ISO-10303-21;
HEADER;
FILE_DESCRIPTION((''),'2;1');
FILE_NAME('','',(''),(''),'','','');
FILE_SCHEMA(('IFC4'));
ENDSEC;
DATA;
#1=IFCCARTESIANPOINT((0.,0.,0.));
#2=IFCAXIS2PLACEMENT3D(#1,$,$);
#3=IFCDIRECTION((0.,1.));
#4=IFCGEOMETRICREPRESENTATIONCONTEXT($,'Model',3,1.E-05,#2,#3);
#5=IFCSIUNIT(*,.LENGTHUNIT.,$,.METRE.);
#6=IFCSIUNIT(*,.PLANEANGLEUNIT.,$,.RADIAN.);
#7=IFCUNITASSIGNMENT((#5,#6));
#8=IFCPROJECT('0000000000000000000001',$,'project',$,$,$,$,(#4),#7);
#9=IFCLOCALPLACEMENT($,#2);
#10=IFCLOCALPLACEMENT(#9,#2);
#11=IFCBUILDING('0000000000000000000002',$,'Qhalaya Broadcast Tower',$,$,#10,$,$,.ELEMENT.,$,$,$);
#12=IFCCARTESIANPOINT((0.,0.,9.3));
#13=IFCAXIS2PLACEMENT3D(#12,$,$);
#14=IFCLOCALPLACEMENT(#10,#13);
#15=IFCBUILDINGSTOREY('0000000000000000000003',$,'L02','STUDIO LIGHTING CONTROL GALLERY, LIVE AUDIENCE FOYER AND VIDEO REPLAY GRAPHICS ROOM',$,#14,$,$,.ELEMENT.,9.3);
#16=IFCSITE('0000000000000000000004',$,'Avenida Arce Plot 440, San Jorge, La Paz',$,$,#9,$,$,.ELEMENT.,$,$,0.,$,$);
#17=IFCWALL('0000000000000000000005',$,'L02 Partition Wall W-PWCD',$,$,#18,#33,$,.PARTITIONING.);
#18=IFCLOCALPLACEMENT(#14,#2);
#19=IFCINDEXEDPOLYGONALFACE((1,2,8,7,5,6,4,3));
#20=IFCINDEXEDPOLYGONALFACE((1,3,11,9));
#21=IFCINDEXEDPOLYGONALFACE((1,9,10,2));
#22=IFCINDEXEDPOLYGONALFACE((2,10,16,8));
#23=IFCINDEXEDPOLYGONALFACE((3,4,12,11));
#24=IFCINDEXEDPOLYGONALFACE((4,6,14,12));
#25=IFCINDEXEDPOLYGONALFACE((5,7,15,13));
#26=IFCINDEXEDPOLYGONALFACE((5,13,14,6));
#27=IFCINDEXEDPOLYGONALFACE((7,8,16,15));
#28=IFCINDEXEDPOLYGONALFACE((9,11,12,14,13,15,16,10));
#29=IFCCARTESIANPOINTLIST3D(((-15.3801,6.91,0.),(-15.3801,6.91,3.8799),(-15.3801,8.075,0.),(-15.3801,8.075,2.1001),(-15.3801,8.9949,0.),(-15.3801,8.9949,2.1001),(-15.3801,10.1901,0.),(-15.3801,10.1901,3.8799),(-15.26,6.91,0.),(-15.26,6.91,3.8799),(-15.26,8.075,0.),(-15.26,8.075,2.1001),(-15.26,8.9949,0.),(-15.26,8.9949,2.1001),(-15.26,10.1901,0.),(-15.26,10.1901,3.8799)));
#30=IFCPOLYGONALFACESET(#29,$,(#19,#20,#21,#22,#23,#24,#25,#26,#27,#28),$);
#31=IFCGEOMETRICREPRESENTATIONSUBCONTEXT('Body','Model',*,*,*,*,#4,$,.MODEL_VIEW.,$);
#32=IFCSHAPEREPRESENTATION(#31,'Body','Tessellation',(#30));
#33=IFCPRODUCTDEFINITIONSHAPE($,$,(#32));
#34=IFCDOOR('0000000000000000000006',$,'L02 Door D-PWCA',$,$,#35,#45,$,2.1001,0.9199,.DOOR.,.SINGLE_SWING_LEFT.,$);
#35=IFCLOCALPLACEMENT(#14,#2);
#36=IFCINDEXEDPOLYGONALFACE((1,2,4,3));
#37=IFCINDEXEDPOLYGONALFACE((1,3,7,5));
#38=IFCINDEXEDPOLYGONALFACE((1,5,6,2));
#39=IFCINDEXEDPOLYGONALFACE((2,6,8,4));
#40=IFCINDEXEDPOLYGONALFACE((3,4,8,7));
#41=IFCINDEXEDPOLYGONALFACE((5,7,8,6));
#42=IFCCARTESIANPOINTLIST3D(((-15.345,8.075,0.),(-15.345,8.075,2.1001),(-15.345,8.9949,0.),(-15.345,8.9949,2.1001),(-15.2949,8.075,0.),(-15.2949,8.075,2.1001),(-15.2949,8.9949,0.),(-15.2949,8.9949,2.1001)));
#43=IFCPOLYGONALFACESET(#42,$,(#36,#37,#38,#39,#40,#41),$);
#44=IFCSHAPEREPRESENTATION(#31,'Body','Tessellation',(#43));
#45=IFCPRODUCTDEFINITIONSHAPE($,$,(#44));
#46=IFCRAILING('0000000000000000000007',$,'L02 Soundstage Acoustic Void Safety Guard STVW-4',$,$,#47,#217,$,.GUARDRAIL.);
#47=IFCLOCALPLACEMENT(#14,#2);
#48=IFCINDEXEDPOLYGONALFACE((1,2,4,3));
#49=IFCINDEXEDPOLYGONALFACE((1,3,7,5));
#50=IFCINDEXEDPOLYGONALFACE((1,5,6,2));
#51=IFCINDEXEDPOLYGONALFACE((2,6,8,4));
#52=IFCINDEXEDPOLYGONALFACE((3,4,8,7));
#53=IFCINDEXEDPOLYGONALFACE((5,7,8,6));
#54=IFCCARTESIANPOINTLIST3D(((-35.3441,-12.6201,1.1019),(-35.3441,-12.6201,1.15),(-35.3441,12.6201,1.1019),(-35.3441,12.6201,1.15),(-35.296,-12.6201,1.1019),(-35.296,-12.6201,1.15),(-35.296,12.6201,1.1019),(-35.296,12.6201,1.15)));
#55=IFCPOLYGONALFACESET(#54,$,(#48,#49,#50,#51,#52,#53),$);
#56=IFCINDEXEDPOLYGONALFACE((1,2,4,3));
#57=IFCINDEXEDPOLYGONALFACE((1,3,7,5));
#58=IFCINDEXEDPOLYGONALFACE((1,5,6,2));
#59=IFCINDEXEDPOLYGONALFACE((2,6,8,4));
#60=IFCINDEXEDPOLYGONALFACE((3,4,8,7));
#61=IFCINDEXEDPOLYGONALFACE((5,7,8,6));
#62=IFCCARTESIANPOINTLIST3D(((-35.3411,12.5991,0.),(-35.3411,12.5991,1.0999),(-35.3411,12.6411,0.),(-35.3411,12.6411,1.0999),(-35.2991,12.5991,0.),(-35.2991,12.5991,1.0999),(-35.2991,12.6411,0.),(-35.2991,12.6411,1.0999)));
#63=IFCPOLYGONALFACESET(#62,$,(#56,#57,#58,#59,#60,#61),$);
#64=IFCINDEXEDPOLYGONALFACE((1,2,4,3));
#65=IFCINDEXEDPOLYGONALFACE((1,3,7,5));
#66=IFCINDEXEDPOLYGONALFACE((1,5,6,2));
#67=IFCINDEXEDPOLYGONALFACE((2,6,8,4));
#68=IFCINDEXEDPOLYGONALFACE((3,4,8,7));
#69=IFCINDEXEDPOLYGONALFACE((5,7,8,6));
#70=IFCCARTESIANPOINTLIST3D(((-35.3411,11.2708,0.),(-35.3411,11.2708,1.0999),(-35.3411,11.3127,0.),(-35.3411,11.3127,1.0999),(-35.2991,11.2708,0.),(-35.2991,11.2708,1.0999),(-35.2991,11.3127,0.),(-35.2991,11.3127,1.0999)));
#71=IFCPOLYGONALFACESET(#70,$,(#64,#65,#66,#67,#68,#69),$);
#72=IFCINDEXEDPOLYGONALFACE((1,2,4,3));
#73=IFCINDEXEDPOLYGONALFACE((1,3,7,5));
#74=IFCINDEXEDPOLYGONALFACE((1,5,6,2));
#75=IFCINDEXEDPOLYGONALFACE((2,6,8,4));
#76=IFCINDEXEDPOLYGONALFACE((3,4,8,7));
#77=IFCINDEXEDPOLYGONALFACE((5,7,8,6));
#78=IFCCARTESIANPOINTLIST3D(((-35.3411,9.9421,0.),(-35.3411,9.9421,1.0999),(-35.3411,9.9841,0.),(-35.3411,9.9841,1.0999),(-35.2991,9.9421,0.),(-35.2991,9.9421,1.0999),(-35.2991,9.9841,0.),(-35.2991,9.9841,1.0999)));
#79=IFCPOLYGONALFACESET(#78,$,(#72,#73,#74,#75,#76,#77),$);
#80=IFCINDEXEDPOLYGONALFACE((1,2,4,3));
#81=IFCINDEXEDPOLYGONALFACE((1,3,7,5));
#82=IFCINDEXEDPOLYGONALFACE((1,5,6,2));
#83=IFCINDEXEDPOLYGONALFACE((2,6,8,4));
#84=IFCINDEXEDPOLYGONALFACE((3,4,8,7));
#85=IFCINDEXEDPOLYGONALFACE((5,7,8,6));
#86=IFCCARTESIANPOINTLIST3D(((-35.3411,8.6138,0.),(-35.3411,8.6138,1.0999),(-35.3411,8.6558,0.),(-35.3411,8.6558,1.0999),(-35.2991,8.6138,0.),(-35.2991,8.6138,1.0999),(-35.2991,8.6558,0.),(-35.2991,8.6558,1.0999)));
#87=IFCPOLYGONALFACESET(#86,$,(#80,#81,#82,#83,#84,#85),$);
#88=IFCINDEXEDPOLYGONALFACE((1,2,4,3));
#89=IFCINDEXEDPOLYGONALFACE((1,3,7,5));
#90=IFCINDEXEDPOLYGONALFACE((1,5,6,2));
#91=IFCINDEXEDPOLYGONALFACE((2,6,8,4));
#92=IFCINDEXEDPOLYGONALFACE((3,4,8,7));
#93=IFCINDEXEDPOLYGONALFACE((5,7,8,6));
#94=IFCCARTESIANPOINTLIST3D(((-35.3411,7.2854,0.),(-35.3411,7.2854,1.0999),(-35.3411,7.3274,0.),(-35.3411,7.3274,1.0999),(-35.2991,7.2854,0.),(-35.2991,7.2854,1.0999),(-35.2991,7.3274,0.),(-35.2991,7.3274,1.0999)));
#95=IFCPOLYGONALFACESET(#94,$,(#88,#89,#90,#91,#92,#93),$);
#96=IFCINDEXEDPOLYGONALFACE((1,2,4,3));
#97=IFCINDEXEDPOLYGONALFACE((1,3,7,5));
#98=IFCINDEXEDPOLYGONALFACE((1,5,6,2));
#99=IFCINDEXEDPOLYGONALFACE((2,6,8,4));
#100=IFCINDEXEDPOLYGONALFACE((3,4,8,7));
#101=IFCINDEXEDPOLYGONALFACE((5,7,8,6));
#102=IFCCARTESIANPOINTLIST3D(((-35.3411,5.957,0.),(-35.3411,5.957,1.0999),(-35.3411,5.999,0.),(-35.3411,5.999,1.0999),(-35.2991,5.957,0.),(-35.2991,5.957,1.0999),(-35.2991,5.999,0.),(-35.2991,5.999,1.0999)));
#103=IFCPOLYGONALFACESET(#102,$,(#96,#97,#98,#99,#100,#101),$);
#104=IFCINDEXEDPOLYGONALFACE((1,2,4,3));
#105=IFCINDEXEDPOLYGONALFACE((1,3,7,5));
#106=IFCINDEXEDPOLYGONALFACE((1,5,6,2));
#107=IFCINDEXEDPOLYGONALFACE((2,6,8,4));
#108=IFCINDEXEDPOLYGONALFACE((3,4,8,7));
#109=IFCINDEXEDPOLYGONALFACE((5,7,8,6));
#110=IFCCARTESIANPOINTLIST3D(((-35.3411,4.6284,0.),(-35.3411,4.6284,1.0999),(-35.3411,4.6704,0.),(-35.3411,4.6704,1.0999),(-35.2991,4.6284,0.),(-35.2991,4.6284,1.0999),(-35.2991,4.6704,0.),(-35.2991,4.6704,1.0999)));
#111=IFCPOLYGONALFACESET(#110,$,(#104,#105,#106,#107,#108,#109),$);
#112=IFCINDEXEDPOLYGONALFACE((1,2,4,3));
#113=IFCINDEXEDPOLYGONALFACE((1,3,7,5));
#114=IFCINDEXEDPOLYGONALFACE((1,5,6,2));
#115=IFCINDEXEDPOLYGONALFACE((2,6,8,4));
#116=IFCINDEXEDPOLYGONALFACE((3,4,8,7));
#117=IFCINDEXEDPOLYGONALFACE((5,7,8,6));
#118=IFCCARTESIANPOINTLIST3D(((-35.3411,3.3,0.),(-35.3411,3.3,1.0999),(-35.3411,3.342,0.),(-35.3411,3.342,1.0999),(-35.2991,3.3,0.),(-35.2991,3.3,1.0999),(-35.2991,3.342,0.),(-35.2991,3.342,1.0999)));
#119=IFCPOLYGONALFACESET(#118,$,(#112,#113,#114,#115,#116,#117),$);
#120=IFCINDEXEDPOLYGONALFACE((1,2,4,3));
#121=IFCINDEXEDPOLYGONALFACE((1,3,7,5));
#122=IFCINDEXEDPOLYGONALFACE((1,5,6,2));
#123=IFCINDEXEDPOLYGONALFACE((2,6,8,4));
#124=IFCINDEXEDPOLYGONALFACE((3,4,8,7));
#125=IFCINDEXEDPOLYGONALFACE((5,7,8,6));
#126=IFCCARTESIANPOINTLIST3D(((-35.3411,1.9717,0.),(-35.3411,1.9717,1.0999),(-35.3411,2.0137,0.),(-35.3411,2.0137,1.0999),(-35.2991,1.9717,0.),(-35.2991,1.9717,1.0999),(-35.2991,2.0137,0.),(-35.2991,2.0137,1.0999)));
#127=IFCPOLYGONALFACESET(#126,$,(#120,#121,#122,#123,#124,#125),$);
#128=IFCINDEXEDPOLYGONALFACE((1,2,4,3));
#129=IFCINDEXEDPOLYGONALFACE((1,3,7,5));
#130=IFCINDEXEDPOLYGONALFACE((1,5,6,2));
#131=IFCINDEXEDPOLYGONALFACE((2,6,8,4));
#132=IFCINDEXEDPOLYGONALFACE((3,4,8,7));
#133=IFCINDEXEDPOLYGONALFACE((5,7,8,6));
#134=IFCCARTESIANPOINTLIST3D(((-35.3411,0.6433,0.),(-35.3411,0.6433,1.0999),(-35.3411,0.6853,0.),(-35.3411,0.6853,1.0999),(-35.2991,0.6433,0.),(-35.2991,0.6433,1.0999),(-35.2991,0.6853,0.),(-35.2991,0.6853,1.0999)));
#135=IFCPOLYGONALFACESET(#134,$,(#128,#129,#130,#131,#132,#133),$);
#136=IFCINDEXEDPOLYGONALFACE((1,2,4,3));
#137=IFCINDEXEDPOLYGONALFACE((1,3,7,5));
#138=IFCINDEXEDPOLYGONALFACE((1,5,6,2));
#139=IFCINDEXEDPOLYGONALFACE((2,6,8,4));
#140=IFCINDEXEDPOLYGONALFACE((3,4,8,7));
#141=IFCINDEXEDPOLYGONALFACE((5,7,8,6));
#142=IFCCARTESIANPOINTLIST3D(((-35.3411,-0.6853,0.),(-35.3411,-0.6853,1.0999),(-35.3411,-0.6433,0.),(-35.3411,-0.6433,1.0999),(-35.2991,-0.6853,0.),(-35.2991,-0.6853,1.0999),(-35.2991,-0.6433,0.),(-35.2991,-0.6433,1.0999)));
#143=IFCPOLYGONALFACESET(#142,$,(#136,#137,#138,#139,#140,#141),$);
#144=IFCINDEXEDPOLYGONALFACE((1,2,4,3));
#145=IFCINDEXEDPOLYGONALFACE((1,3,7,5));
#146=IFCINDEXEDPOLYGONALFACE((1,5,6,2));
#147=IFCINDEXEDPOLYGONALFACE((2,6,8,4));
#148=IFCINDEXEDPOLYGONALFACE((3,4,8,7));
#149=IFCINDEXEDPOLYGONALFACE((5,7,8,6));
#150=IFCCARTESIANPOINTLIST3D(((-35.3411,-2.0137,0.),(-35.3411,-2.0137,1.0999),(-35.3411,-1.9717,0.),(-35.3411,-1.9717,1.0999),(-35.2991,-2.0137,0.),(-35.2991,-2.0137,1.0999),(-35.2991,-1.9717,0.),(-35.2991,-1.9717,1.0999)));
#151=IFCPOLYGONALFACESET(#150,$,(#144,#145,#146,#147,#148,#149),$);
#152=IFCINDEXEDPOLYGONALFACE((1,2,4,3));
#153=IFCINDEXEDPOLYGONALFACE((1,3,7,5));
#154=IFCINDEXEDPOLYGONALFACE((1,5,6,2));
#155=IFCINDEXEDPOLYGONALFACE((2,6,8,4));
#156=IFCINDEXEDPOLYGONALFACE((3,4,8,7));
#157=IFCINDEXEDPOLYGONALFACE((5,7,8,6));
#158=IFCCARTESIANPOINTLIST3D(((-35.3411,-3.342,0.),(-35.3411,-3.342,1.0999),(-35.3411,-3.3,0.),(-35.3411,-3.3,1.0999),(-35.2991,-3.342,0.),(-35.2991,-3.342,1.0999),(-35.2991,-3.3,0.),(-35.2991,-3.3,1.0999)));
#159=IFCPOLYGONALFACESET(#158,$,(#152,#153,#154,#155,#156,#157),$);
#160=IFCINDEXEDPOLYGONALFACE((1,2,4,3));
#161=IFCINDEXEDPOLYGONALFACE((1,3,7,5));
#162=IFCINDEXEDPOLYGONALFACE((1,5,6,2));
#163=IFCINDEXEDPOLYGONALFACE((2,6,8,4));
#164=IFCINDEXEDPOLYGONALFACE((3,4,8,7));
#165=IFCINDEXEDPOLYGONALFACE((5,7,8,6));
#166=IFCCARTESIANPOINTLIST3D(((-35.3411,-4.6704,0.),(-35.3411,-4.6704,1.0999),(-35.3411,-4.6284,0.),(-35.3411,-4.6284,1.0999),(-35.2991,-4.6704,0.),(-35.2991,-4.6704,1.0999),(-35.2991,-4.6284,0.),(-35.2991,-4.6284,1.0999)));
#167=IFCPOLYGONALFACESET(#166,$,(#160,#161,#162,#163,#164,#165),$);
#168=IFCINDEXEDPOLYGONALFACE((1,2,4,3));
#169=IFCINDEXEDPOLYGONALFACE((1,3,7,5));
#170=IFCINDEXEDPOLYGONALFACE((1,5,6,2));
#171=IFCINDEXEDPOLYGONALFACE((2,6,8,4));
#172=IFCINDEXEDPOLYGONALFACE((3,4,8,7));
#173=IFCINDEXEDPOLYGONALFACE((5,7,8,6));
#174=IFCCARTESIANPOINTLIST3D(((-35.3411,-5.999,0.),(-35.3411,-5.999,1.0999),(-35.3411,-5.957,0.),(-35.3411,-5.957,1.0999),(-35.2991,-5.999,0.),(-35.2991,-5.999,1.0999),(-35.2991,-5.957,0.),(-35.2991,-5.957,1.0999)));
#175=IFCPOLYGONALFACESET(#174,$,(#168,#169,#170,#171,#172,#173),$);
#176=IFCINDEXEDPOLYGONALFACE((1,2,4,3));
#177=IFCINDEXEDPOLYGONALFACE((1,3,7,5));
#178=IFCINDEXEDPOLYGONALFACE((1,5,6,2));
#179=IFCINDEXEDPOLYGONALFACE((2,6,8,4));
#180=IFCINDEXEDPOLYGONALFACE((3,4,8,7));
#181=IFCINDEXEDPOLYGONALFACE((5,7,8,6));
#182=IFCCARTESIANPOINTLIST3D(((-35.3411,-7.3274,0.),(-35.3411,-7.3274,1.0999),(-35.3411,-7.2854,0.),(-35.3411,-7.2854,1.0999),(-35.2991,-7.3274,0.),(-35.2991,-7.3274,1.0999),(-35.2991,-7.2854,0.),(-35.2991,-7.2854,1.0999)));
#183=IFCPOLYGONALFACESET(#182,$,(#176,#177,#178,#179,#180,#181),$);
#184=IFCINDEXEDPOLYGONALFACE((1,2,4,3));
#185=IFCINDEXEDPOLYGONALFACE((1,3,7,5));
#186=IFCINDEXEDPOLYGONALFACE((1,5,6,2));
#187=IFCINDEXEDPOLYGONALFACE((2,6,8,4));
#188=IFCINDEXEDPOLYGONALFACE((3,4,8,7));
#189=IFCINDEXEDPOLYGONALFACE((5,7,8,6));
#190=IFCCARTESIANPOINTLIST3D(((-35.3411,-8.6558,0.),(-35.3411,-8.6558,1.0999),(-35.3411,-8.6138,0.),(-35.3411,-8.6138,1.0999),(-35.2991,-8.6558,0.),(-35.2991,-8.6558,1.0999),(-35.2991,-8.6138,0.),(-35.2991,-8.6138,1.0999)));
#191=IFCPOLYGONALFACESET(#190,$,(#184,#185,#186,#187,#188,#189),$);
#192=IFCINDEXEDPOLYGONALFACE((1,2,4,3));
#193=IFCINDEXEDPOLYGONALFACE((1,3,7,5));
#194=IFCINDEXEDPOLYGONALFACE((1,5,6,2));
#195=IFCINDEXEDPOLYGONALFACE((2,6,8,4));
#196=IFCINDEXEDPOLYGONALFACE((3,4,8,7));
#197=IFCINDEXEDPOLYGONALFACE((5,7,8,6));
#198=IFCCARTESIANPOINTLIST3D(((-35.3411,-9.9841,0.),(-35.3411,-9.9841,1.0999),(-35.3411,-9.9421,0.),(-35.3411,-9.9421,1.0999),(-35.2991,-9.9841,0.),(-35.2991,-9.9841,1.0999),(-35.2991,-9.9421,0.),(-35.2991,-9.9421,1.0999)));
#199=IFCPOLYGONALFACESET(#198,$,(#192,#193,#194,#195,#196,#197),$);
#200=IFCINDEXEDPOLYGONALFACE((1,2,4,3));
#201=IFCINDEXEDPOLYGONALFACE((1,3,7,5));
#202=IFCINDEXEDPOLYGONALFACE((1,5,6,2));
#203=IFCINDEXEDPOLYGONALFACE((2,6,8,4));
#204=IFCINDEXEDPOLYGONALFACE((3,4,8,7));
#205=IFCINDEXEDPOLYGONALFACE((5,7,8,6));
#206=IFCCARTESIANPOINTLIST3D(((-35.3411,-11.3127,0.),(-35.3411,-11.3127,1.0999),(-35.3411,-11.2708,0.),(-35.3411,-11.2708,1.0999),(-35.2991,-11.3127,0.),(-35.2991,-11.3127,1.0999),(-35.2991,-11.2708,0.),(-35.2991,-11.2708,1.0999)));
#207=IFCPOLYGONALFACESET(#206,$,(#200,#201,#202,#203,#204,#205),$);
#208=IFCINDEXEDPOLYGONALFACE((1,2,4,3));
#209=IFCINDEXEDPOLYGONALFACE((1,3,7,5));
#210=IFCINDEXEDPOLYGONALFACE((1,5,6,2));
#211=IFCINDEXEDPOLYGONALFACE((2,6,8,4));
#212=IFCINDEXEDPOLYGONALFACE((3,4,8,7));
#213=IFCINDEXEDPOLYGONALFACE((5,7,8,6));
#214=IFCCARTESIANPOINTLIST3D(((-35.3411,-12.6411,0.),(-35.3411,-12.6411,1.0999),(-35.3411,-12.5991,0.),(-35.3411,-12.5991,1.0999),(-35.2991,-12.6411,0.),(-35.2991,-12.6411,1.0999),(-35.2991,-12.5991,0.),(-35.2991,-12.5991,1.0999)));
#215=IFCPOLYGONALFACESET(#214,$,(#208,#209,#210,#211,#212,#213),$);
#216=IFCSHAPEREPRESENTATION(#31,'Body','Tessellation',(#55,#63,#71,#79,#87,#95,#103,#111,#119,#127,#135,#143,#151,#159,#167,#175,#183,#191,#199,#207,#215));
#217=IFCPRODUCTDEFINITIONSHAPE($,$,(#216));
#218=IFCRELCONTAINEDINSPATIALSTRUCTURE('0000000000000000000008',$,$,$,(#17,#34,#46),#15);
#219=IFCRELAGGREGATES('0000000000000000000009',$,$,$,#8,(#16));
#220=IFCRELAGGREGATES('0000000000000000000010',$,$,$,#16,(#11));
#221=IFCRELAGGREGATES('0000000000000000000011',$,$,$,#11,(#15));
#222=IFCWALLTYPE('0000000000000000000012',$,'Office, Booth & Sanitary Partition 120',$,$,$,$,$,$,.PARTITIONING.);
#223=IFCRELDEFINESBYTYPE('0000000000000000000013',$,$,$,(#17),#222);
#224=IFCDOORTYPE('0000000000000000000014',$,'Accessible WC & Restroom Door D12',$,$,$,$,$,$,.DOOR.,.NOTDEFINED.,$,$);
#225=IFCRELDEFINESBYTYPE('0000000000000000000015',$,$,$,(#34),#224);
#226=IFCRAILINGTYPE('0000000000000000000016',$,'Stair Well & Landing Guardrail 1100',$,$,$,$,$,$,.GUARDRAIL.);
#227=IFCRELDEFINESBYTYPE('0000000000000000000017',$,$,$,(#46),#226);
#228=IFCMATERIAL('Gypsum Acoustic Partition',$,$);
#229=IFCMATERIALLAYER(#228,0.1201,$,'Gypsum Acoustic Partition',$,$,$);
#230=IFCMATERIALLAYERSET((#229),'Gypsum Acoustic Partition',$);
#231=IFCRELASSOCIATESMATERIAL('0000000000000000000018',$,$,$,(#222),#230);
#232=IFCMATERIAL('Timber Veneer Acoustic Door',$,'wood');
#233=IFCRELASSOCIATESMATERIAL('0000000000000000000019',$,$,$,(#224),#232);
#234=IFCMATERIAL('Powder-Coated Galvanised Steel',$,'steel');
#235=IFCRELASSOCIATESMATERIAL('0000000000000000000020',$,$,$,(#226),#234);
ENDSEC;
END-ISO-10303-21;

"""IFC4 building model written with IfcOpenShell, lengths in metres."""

from ifc_helpers import new_model, si_unit, direction, frame, frame_2d, origin, origin_2d, place, context, subcontext, project, spatial, rectangle, extrude, material, layer, layer_set, type_object, element, fill, save


model = new_model("IFC4")

# Units and contexts
model_context = context("Model", 3, precision=1e-05, world=origin(), true_north=direction((0.0, 1.0)))
body_context = subcontext(model_context, "Body", "Model", "MODEL_VIEW")
ifc_project = project(units=[si_unit("LENGTHUNIT", "METRE"), si_unit("PLANEANGLEUNIT", "RADIAN")], contexts=[model_context])

# Site, building, storey
site_placement = place(None, origin())
site = spatial("IfcSite", under=ifc_project, at=site_placement, Name="Avenida Arce Plot 440, San Jorge, La Paz", CompositionType="ELEMENT", RefElevation=0.0)
building_placement = place(site_placement, origin())
building = spatial("IfcBuilding", under=site, at=building_placement, Name="Qhalaya Broadcast Tower", CompositionType="ELEMENT")
storey_placement = place(building_placement, frame((0.0, 0.0, 9.3)))
storey = spatial("IfcBuildingStorey", under=building, at=storey_placement, Name="L02", Description="STUDIO LIGHTING CONTROL GALLERY, LIVE AUDIENCE FOYER AND VIDEO REPLAY GRAPHICS ROOM", CompositionType="ELEMENT", Elevation=9.3)

# Shared definitions
ifc_material_1 = material(Name="Gypsum Acoustic Partition")
ifc_material_2 = material(Name="Timber Veneer Acoustic Door", Category="wood")

# Shared definitions
ifc_layer_1 = layer(ifc_material_1, 0.1201, Name="Gypsum Acoustic Partition")
ifc_layer_set_1 = layer_set([ifc_layer_1], Name="Gypsum Acoustic Partition")
wall_type_1 = type_object("IfcWallType", Name="Office, Booth & Sanitary Partition 120", PredefinedType="PARTITIONING", material=ifc_layer_set_1)

# Wall, opening, door
wall_1_placement = place(storey_placement, frame((-15.3201, 6.9099, 0.0), z_axis=(0.0, 0.0, 1.0), x_axis=(0.0, 1.0, 0.0)))
wall_1 = element("IfcWall", 1, at=wall_1_placement, inside=storey, type_object=wall_type_1, Name="L02 Partition Wall W-PWCD", PredefinedType="PARTITIONING", context=body_context, shape_type="SweptSolid", body=[
    extrude(rectangle(XDim=3.28, YDim=0.1201, at=frame_2d((1.6401, 0.0))), origin(), (0.0, 0.0, 1.0), 3.8799),
])
opening_1_placement = place(wall_1_placement, frame((1.165, 0.0, 0.0)))
opening_1 = element("IfcOpeningElement", 2, at=opening_1_placement, cuts=wall_1, PredefinedType="OPENING", context=body_context, shape_type="SweptSolid", body=[
    extrude(rectangle(XDim=0.9199, YDim=2.1001, at=frame_2d((0.46, 1.05))), frame((0.0, 0.072, 0.0), z_axis=(0.0, -1.0, 0.0), x_axis=(1.0, 0.0, 0.0)), (0.0, 0.0, 1.0), 0.144),
])
door_type_1 = type_object("IfcDoorType", Name="Accessible WC & Restroom Door D12", OperationType="NOTDEFINED", PredefinedType="DOOR", material=ifc_material_2)
door_1_placement = place(opening_1_placement, origin())
door_1 = element("IfcDoor", 3, at=door_1_placement, inside=storey, type_object=door_type_1, Name="L02 Door D-PWCA", OperationType="SINGLE_SWING_LEFT", OverallHeight=2.1001, OverallWidth=0.9199, PredefinedType="DOOR", context=body_context, shape_type="SweptSolid", body=[
    extrude(rectangle(XDim=0.9199, YDim=2.1001, at=frame_2d((0.46, 1.05))), frame((0.0, 0.0249, 0.0), z_axis=(0.0, -1.0, 0.0), x_axis=(1.0, 0.0, 0.0)), (0.0, 0.0, 1.0), 0.05),
])
fill(opening_1, door_1)

# Railing
ifc_material_3 = material(Name="Powder-Coated Galvanised Steel", Category="steel")
railing_type = type_object("IfcRailingType", Name="Stair Well & Landing Guardrail 1100", PredefinedType="GUARDRAIL", material=ifc_material_3)
railing_1_placement = place(storey_placement, frame((-35.3201, 12.6201, 0.0)))
element("IfcRailing", 4, at=railing_1_placement, inside=storey, type_object=railing_type, Name="L02 Soundstage Acoustic Void Safety Guard STVW-4", PredefinedType="GUARDRAIL", context=body_context, shape_type="SweptSolid", body=[
    extrude(rectangle(XDim=0.0481, YDim=0.0481, at=origin_2d()), frame((0.0, 0.0, 1.126), z_axis=(0.0, -1.0, 0.0), x_axis=(1.0, 0.0, 0.0)), (0.0, 0.0, 1.0), 25.2402),
    extrude(rectangle(XDim=0.042, YDim=0.042, at=origin_2d()), origin(), (0.0, 0.0, 1.0), 1.0999),
    extrude(rectangle(XDim=0.042, YDim=0.042, at=origin_2d()), frame((0.0, -1.3284, 0.0)), (0.0, 0.0, 1.0), 1.0999),
    extrude(rectangle(XDim=0.042, YDim=0.042, at=origin_2d()), frame((0.0, -2.657, 0.0)), (0.0, 0.0, 1.0), 1.0999),
    extrude(rectangle(XDim=0.042, YDim=0.042, at=origin_2d()), frame((0.0, -3.9854, 0.0)), (0.0, 0.0, 1.0), 1.0999),
    extrude(rectangle(XDim=0.042, YDim=0.042, at=origin_2d()), frame((0.0, -5.3137, 0.0)), (0.0, 0.0, 1.0), 1.0999),
    extrude(rectangle(XDim=0.042, YDim=0.042, at=origin_2d()), frame((0.0, -6.6421, 0.0)), (0.0, 0.0, 1.0), 1.0999),
    extrude(rectangle(XDim=0.042, YDim=0.042, at=origin_2d()), frame((0.0, -7.9707, 0.0)), (0.0, 0.0, 1.0), 1.0999),
    extrude(rectangle(XDim=0.042, YDim=0.042, at=origin_2d()), frame((0.0, -9.2991, 0.0)), (0.0, 0.0, 1.0), 1.0999),
    extrude(rectangle(XDim=0.042, YDim=0.042, at=origin_2d()), frame((0.0, -10.6274, 0.0)), (0.0, 0.0, 1.0), 1.0999),
    extrude(rectangle(XDim=0.042, YDim=0.042, at=origin_2d()), frame((0.0, -11.9558, 0.0)), (0.0, 0.0, 1.0), 1.0999),
    extrude(rectangle(XDim=0.042, YDim=0.042, at=origin_2d()), frame((0.0, -13.2844, 0.0)), (0.0, 0.0, 1.0), 1.0999),
    extrude(rectangle(XDim=0.042, YDim=0.042, at=origin_2d()), frame((0.0, -14.6128, 0.0)), (0.0, 0.0, 1.0), 1.0999),
    extrude(rectangle(XDim=0.042, YDim=0.042, at=origin_2d()), frame((0.0, -15.9412, 0.0)), (0.0, 0.0, 1.0), 1.0999),
    extrude(rectangle(XDim=0.042, YDim=0.042, at=origin_2d()), frame((0.0, -17.2695, 0.0)), (0.0, 0.0, 1.0), 1.0999),
    extrude(rectangle(XDim=0.042, YDim=0.042, at=origin_2d()), frame((0.0, -18.5981, 0.0)), (0.0, 0.0, 1.0), 1.0999),
    extrude(rectangle(XDim=0.042, YDim=0.042, at=origin_2d()), frame((0.0, -19.9265, 0.0)), (0.0, 0.0, 1.0), 1.0999),
    extrude(rectangle(XDim=0.042, YDim=0.042, at=origin_2d()), frame((0.0, -21.2549, 0.0)), (0.0, 0.0, 1.0), 1.0999),
    extrude(rectangle(XDim=0.042, YDim=0.042, at=origin_2d()), frame((0.0, -22.5833, 0.0)), (0.0, 0.0, 1.0), 1.0999),
    extrude(rectangle(XDim=0.042, YDim=0.042, at=origin_2d()), frame((0.0, -23.9119, 0.0)), (0.0, 0.0, 1.0), 1.0999),
    extrude(rectangle(XDim=0.042, YDim=0.042, at=origin_2d()), frame((0.0, -25.2402, 0.0)), (0.0, 0.0, 1.0), 1.0999),
])

save(model, "model.ifc")
